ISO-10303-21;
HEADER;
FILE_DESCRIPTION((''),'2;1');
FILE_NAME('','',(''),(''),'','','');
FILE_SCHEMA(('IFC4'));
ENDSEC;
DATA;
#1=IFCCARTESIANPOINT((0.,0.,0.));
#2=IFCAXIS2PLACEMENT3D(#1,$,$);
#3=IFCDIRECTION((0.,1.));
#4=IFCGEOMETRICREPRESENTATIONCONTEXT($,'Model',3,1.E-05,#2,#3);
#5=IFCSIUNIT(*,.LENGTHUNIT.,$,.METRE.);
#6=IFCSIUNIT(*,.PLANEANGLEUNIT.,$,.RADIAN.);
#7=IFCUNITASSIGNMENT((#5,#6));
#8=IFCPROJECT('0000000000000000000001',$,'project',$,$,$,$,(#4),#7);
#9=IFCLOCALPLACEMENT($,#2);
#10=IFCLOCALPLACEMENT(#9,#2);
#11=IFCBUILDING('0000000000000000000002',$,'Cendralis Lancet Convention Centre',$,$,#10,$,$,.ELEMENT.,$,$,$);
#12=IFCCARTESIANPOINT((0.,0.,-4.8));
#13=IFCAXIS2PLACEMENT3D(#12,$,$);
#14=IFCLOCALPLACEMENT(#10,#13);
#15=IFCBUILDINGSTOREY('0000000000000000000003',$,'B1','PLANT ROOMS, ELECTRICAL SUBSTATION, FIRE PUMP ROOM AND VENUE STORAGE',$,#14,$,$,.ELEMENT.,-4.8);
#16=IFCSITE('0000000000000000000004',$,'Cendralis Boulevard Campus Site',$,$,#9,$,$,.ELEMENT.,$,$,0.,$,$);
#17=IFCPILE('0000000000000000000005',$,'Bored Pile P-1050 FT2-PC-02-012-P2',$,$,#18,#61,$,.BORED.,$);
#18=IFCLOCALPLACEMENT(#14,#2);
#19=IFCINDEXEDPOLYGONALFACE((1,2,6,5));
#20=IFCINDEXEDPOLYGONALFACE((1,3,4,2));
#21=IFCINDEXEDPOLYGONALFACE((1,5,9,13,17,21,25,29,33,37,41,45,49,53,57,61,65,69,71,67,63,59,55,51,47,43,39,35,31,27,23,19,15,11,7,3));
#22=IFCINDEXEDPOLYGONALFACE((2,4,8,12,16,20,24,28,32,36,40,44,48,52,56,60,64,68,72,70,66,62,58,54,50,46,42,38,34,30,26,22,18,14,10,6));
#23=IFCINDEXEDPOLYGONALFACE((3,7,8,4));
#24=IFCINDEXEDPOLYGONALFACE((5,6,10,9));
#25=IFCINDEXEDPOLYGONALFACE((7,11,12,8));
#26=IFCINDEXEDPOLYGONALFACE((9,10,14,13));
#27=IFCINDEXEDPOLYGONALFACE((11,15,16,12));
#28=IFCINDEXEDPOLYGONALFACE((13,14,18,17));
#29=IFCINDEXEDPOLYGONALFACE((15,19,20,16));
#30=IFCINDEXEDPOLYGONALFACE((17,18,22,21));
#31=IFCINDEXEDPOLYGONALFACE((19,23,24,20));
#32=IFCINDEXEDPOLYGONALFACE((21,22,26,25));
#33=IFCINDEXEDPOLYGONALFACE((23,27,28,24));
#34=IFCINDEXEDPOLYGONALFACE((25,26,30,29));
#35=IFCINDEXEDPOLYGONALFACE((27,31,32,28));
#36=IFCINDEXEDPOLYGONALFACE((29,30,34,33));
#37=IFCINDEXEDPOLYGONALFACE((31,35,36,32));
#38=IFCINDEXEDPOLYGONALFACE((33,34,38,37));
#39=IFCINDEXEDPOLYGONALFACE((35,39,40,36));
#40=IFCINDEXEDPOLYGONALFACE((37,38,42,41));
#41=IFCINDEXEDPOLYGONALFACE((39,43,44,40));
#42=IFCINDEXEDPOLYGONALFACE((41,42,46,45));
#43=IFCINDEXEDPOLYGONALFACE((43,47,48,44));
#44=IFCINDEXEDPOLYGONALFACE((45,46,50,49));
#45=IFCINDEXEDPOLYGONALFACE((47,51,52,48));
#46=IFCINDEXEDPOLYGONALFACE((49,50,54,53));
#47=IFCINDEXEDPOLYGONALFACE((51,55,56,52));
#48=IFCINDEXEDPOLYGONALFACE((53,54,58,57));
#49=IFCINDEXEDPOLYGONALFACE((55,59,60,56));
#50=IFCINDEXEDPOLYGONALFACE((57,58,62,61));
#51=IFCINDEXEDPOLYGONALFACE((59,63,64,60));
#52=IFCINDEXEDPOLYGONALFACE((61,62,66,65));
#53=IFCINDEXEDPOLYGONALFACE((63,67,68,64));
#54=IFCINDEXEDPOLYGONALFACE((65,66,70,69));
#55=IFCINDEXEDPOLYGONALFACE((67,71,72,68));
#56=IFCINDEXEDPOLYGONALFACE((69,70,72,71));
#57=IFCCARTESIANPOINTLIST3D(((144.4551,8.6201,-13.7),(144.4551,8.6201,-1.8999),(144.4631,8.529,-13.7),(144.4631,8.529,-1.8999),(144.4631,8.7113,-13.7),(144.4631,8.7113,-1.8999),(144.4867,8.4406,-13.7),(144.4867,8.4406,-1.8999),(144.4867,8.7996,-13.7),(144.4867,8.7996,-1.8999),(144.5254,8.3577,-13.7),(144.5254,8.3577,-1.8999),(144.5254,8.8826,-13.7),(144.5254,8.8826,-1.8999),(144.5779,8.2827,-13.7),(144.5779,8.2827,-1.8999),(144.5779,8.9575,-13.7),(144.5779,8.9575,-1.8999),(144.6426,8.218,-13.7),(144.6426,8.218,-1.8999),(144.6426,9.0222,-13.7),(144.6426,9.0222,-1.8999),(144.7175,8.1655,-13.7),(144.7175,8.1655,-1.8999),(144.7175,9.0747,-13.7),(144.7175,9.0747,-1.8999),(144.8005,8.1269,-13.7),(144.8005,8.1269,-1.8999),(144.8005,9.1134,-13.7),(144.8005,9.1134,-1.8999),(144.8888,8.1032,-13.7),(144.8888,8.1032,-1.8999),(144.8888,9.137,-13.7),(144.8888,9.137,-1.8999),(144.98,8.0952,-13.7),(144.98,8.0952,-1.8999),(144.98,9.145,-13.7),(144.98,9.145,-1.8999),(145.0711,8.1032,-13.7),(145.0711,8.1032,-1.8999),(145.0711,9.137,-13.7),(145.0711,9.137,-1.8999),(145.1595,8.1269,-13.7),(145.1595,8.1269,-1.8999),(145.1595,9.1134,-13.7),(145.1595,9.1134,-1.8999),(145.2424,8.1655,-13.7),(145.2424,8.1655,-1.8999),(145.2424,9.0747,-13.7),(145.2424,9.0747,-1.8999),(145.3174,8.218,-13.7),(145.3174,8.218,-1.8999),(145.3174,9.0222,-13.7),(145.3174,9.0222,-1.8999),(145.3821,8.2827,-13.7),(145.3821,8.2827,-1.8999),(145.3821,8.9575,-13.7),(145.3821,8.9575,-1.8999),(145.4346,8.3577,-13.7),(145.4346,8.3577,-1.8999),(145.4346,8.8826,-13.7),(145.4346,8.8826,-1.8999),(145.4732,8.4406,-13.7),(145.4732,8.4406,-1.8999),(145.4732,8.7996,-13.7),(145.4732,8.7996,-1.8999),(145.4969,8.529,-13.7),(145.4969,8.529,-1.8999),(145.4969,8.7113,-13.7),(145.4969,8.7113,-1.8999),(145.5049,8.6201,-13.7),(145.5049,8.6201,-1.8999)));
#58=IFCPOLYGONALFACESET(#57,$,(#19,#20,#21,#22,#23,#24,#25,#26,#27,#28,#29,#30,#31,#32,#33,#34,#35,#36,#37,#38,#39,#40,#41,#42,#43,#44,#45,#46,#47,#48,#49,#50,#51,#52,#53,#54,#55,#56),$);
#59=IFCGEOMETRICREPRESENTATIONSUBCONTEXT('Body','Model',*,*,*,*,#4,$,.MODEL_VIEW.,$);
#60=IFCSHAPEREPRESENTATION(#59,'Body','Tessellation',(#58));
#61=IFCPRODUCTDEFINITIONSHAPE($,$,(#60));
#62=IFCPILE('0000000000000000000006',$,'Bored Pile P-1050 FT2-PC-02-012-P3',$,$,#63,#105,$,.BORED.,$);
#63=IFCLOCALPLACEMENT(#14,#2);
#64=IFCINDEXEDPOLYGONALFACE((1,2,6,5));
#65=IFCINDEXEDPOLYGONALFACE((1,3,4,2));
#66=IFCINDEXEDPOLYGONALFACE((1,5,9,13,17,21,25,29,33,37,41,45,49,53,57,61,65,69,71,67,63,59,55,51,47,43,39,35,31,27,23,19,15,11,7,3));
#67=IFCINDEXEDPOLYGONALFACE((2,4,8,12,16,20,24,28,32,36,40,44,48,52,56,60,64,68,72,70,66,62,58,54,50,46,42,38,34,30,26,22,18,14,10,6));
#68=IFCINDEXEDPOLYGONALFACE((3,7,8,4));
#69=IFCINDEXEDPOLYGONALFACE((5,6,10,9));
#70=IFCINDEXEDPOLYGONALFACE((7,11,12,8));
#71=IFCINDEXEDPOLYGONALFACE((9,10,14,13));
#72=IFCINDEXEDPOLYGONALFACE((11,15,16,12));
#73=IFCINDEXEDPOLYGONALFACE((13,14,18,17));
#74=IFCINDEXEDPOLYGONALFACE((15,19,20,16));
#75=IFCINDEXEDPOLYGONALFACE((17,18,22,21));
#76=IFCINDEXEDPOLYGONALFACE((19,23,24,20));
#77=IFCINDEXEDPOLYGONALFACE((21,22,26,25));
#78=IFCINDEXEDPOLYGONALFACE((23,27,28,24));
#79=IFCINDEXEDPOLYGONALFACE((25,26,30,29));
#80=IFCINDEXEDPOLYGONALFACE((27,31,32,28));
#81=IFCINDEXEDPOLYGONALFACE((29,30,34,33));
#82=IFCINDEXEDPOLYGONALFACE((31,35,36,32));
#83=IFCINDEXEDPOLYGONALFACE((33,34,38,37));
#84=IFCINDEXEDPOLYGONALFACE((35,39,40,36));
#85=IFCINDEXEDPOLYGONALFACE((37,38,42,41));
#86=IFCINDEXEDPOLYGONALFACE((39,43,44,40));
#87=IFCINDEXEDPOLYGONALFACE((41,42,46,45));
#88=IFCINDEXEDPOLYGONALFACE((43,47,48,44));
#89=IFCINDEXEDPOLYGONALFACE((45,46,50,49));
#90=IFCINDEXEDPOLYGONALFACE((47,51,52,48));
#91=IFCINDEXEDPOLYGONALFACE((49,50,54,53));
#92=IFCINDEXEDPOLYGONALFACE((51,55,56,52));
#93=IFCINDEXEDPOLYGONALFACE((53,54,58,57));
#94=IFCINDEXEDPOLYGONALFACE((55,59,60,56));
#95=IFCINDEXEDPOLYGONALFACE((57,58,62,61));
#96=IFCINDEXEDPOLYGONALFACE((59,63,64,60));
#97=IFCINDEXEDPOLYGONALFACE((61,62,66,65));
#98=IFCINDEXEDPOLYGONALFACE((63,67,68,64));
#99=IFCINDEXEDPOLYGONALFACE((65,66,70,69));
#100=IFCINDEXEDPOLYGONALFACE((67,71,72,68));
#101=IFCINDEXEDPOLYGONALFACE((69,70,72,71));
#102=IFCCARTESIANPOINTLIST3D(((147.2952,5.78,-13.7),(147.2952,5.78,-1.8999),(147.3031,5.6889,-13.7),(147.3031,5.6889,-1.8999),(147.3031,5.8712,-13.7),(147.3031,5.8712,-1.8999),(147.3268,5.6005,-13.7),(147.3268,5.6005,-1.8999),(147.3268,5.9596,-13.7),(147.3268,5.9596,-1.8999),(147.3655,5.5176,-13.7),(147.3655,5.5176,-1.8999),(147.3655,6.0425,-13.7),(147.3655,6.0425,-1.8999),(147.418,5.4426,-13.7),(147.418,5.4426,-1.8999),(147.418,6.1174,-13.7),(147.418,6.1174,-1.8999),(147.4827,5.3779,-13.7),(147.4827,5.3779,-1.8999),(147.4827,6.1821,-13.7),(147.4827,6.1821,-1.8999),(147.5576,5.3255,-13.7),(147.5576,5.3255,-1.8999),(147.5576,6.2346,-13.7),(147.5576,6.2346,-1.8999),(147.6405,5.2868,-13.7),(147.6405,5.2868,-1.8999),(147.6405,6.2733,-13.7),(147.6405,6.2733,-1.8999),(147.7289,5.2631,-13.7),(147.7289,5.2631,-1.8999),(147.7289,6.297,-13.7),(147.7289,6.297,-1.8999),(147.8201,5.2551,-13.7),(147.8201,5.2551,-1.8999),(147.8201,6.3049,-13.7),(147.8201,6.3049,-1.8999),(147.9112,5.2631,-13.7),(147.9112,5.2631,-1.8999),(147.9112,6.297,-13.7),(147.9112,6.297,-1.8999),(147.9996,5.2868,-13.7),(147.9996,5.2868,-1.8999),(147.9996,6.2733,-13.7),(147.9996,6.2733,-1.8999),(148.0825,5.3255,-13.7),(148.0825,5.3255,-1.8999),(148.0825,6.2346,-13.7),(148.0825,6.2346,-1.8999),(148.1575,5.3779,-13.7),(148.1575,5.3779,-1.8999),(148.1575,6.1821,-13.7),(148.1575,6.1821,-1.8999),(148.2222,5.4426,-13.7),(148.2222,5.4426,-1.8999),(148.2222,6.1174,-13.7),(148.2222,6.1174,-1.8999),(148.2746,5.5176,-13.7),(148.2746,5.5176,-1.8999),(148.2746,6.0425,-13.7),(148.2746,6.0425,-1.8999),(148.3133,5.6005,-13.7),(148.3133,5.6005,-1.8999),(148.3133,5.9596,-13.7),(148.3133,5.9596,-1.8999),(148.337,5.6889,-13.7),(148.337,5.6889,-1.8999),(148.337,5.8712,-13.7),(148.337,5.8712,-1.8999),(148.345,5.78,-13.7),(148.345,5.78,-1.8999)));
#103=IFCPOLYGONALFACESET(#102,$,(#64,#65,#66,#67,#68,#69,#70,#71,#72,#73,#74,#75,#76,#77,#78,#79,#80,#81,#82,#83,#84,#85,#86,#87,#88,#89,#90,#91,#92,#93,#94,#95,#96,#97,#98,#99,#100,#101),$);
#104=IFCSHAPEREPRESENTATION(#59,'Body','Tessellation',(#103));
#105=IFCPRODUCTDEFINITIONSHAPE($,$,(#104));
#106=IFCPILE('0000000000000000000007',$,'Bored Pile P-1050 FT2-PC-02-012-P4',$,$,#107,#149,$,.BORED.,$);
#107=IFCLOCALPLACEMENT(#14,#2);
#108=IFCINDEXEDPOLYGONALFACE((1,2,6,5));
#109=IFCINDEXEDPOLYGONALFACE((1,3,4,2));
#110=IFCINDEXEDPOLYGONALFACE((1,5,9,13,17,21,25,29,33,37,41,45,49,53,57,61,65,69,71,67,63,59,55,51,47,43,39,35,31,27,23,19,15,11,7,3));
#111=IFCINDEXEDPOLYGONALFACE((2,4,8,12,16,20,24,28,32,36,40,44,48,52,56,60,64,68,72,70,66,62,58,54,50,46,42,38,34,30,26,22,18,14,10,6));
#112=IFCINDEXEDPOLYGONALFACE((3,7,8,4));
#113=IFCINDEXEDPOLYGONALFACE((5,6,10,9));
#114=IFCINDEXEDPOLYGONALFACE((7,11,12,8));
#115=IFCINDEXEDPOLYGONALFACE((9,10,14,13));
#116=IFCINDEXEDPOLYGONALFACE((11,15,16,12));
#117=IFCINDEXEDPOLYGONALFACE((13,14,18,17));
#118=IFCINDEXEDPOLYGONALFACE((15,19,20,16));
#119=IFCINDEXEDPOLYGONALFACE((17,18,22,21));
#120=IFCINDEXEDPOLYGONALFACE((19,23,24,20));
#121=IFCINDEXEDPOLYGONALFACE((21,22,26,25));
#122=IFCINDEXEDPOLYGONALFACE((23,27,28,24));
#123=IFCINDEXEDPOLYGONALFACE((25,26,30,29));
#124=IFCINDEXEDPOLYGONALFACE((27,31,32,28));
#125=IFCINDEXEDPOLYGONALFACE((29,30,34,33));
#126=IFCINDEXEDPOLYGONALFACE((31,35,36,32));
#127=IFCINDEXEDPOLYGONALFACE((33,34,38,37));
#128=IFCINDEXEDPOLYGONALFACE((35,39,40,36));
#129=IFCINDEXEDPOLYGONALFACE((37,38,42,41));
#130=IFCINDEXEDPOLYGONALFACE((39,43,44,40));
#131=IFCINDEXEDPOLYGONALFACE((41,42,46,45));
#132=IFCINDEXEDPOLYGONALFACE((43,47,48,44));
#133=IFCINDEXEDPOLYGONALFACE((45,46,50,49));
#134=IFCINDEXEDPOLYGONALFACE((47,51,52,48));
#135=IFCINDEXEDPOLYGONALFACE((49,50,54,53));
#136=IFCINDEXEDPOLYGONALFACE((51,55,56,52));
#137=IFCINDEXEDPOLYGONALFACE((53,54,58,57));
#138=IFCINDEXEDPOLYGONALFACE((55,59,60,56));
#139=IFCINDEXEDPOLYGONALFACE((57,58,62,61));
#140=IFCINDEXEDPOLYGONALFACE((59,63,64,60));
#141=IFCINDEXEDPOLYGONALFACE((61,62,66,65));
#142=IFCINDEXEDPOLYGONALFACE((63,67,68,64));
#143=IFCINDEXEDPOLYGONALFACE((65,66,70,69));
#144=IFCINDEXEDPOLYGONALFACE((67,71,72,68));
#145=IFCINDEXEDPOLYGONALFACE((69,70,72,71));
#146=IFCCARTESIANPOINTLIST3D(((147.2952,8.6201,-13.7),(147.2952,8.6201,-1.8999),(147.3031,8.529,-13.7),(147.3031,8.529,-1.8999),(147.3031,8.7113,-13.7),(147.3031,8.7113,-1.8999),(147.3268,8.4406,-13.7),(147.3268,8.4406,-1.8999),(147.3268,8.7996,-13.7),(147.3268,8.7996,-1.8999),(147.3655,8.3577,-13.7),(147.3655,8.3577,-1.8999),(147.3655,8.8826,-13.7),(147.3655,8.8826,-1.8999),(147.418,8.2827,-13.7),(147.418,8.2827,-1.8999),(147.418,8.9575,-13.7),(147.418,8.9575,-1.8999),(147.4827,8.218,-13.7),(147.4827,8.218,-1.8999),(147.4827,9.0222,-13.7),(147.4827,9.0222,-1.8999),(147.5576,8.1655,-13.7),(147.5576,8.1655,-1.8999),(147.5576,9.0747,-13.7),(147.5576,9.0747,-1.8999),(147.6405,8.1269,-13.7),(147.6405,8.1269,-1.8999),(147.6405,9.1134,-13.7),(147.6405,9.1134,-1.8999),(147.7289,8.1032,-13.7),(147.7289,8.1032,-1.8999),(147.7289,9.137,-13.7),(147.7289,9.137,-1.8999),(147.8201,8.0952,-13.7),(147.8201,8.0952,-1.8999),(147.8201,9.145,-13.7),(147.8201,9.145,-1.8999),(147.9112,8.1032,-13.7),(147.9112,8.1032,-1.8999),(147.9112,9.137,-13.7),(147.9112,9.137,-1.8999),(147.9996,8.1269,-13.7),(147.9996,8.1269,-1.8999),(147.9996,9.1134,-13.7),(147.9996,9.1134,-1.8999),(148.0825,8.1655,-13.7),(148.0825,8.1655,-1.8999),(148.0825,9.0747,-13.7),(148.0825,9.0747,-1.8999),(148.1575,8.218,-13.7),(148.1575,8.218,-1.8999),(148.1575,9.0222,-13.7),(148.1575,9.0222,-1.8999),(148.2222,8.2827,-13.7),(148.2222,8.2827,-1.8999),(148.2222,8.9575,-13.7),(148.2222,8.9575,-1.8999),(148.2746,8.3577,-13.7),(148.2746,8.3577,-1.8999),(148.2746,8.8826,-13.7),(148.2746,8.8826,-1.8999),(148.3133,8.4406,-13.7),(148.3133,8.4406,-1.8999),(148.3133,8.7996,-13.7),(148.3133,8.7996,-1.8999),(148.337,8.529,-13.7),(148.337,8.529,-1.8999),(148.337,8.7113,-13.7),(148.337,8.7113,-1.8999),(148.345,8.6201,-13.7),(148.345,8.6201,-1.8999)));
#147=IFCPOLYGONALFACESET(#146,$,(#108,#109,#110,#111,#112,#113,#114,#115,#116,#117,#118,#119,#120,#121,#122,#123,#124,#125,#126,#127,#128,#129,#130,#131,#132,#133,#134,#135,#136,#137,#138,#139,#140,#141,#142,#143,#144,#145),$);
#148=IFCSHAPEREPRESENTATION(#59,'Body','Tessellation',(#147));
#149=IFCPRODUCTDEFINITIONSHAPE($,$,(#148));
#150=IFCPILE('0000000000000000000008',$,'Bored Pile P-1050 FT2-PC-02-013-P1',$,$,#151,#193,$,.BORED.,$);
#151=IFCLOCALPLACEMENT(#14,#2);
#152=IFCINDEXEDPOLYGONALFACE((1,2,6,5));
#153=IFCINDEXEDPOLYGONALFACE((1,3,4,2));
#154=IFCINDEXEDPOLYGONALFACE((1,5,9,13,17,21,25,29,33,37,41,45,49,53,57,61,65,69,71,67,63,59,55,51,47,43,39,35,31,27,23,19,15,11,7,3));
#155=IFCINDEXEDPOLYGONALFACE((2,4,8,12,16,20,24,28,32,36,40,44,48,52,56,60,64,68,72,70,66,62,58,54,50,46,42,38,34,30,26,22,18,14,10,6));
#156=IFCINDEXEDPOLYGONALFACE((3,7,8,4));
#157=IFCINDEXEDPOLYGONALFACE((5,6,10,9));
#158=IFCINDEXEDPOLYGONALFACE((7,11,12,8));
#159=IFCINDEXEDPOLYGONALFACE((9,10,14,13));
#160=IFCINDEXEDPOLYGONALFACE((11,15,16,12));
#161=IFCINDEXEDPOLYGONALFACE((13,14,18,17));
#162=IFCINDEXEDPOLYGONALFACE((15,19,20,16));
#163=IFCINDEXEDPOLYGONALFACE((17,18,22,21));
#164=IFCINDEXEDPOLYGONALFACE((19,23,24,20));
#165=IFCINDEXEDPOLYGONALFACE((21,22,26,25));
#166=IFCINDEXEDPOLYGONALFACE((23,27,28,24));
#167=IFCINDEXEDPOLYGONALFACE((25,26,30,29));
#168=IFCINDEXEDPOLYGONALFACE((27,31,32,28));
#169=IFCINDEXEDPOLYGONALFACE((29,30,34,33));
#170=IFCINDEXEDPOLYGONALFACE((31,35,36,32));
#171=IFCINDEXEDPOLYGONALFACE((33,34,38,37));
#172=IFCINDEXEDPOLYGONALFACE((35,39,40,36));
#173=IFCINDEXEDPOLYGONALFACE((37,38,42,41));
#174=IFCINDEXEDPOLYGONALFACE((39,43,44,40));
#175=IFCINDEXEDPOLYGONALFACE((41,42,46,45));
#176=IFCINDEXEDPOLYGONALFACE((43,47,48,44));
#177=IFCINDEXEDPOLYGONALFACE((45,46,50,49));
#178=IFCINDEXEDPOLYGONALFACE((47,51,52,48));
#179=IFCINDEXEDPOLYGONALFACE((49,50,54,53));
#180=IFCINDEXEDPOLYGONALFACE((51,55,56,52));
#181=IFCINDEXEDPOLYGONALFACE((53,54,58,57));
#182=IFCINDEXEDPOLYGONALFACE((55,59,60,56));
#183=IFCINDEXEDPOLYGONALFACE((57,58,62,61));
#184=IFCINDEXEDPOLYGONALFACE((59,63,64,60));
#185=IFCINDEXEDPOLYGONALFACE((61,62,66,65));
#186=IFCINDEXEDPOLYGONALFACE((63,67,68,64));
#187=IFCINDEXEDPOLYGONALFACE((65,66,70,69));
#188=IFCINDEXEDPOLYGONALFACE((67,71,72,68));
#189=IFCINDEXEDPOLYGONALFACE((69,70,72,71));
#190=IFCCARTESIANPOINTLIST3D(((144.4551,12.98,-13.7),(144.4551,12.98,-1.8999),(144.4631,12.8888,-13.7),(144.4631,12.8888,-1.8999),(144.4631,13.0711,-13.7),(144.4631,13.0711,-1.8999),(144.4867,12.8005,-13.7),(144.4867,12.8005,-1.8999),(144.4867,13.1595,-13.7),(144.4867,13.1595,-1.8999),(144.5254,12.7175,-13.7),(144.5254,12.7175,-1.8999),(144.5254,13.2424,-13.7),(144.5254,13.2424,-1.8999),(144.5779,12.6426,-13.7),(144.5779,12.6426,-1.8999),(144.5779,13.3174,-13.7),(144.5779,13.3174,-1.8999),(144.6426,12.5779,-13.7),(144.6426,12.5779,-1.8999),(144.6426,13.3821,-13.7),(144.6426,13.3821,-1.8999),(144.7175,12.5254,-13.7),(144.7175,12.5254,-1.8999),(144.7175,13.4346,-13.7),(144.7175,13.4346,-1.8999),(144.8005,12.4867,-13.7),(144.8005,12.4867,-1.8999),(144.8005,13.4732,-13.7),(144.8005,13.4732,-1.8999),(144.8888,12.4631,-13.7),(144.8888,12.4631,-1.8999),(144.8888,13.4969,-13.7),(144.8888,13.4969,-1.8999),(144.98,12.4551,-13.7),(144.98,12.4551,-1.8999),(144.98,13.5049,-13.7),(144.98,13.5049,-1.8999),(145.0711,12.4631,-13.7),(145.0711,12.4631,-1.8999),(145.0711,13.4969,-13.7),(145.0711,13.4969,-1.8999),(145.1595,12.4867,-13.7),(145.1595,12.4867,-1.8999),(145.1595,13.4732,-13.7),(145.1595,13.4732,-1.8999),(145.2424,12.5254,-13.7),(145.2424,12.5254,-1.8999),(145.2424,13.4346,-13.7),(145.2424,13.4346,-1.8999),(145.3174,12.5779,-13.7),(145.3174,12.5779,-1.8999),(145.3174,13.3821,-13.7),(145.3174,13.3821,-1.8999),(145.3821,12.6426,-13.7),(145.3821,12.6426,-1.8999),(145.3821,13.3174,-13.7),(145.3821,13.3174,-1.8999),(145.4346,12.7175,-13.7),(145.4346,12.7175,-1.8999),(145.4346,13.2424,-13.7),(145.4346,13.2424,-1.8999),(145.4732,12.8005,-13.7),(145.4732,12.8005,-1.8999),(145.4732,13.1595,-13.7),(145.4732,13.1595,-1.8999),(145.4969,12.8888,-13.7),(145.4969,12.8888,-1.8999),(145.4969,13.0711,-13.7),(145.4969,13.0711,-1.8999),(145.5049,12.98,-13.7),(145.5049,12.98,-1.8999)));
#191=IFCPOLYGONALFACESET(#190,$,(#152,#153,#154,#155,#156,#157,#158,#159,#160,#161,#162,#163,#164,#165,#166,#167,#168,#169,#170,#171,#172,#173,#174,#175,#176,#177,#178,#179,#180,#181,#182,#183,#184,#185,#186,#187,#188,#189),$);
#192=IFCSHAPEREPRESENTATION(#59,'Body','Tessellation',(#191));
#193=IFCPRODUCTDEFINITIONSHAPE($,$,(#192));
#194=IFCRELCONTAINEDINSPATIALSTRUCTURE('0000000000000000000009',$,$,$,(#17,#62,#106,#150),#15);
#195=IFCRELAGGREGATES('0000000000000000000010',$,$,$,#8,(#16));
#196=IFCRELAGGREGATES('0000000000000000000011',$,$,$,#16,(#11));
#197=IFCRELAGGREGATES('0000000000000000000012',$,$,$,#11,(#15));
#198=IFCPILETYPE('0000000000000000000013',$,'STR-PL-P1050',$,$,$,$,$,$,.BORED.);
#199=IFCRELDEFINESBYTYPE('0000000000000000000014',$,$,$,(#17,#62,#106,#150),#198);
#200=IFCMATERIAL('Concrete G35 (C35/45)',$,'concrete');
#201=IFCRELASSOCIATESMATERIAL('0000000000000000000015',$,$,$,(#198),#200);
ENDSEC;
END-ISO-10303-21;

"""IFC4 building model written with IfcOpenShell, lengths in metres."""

from ifc_helpers import new_model, si_unit, direction, frame, origin, origin_2d, place, context, subcontext, project, spatial, circle, extrude, material, material_profile, profile_set, type_object, element, save


model = new_model("IFC4")

# Units and contexts
model_context = context("Model", 3, precision=1e-05, world=origin(), true_north=direction((0.0, 1.0)))
body_context = subcontext(model_context, "Body", "Model", "MODEL_VIEW")
ifc_project = project(units=[si_unit("LENGTHUNIT", "METRE"), si_unit("PLANEANGLEUNIT", "RADIAN")], contexts=[model_context])

# Site, building, storey
site_placement = place(None, origin())
site = spatial("IfcSite", under=ifc_project, at=site_placement, Name="Cendralis Boulevard Campus Site", CompositionType="ELEMENT", RefElevation=0.0)
building_placement = place(site_placement, origin())
building = spatial("IfcBuilding", under=site, at=building_placement, Name="Cendralis Lancet Convention Centre", CompositionType="ELEMENT")
storey_placement = place(building_placement, frame((0.0, 0.0, -4.8)))
storey = spatial("IfcBuildingStorey", under=building, at=storey_placement, Name="B1", Description="PLANT ROOMS, ELECTRICAL SUBSTATION, FIRE PUMP ROOM AND VENUE STORAGE", CompositionType="ELEMENT", Elevation=-4.8)

# Shared definitions
ifc_material_1 = material(Name="Concrete G35 (C35/45)", Category="concrete")

# Piles
ifc_material_profile_1 = material_profile(ifc_material_1, circle(Radius=0.5249, at=origin_2d()), Name="BORED PILE D1050")
ifc_profile_set_1 = profile_set([ifc_material_profile_1], Name="Concrete G35 (C35/45)")
pile_type_1 = type_object("IfcPileType", Name="STR-PL-P1050", PredefinedType="BORED", material=ifc_profile_set_1)
for number, where, z_axis, x_axis, name in (
    (1, (144.98, 8.6201, -1.8999), (0.0, 0.0, -1.0), (1.0, 0.0, 0.0), "Bored Pile P-1050 FT2-PC-02-012-P2"),
    (2, (147.8201, 5.78, -1.8999), (0.0, 0.0, -1.0), (1.0, 0.0, 0.0), "Bored Pile P-1050 FT2-PC-02-012-P3"),
    (3, (147.8201, 8.6201, -1.8999), (0.0, 0.0, -1.0), (1.0, 0.0, 0.0), "Bored Pile P-1050 FT2-PC-02-012-P4"),
    (4, (144.98, 12.98, -1.8999), (0.0, 0.0, -1.0), (1.0, 0.0, 0.0), "Bored Pile P-1050 FT2-PC-02-013-P1"),
):
    element("IfcPile", number, at=place(storey_placement, frame(where, z_axis=z_axis, x_axis=x_axis)), inside=storey, type_object=pile_type_1, Name=name, PredefinedType="BORED", context=body_context, shape_type="SweptSolid", body=[
        extrude(circle(Radius=0.5249, at=origin_2d()), origin(), (0.0, 0.0, 1.0), 11.8),
    ])

save(model, "model.ifc")
